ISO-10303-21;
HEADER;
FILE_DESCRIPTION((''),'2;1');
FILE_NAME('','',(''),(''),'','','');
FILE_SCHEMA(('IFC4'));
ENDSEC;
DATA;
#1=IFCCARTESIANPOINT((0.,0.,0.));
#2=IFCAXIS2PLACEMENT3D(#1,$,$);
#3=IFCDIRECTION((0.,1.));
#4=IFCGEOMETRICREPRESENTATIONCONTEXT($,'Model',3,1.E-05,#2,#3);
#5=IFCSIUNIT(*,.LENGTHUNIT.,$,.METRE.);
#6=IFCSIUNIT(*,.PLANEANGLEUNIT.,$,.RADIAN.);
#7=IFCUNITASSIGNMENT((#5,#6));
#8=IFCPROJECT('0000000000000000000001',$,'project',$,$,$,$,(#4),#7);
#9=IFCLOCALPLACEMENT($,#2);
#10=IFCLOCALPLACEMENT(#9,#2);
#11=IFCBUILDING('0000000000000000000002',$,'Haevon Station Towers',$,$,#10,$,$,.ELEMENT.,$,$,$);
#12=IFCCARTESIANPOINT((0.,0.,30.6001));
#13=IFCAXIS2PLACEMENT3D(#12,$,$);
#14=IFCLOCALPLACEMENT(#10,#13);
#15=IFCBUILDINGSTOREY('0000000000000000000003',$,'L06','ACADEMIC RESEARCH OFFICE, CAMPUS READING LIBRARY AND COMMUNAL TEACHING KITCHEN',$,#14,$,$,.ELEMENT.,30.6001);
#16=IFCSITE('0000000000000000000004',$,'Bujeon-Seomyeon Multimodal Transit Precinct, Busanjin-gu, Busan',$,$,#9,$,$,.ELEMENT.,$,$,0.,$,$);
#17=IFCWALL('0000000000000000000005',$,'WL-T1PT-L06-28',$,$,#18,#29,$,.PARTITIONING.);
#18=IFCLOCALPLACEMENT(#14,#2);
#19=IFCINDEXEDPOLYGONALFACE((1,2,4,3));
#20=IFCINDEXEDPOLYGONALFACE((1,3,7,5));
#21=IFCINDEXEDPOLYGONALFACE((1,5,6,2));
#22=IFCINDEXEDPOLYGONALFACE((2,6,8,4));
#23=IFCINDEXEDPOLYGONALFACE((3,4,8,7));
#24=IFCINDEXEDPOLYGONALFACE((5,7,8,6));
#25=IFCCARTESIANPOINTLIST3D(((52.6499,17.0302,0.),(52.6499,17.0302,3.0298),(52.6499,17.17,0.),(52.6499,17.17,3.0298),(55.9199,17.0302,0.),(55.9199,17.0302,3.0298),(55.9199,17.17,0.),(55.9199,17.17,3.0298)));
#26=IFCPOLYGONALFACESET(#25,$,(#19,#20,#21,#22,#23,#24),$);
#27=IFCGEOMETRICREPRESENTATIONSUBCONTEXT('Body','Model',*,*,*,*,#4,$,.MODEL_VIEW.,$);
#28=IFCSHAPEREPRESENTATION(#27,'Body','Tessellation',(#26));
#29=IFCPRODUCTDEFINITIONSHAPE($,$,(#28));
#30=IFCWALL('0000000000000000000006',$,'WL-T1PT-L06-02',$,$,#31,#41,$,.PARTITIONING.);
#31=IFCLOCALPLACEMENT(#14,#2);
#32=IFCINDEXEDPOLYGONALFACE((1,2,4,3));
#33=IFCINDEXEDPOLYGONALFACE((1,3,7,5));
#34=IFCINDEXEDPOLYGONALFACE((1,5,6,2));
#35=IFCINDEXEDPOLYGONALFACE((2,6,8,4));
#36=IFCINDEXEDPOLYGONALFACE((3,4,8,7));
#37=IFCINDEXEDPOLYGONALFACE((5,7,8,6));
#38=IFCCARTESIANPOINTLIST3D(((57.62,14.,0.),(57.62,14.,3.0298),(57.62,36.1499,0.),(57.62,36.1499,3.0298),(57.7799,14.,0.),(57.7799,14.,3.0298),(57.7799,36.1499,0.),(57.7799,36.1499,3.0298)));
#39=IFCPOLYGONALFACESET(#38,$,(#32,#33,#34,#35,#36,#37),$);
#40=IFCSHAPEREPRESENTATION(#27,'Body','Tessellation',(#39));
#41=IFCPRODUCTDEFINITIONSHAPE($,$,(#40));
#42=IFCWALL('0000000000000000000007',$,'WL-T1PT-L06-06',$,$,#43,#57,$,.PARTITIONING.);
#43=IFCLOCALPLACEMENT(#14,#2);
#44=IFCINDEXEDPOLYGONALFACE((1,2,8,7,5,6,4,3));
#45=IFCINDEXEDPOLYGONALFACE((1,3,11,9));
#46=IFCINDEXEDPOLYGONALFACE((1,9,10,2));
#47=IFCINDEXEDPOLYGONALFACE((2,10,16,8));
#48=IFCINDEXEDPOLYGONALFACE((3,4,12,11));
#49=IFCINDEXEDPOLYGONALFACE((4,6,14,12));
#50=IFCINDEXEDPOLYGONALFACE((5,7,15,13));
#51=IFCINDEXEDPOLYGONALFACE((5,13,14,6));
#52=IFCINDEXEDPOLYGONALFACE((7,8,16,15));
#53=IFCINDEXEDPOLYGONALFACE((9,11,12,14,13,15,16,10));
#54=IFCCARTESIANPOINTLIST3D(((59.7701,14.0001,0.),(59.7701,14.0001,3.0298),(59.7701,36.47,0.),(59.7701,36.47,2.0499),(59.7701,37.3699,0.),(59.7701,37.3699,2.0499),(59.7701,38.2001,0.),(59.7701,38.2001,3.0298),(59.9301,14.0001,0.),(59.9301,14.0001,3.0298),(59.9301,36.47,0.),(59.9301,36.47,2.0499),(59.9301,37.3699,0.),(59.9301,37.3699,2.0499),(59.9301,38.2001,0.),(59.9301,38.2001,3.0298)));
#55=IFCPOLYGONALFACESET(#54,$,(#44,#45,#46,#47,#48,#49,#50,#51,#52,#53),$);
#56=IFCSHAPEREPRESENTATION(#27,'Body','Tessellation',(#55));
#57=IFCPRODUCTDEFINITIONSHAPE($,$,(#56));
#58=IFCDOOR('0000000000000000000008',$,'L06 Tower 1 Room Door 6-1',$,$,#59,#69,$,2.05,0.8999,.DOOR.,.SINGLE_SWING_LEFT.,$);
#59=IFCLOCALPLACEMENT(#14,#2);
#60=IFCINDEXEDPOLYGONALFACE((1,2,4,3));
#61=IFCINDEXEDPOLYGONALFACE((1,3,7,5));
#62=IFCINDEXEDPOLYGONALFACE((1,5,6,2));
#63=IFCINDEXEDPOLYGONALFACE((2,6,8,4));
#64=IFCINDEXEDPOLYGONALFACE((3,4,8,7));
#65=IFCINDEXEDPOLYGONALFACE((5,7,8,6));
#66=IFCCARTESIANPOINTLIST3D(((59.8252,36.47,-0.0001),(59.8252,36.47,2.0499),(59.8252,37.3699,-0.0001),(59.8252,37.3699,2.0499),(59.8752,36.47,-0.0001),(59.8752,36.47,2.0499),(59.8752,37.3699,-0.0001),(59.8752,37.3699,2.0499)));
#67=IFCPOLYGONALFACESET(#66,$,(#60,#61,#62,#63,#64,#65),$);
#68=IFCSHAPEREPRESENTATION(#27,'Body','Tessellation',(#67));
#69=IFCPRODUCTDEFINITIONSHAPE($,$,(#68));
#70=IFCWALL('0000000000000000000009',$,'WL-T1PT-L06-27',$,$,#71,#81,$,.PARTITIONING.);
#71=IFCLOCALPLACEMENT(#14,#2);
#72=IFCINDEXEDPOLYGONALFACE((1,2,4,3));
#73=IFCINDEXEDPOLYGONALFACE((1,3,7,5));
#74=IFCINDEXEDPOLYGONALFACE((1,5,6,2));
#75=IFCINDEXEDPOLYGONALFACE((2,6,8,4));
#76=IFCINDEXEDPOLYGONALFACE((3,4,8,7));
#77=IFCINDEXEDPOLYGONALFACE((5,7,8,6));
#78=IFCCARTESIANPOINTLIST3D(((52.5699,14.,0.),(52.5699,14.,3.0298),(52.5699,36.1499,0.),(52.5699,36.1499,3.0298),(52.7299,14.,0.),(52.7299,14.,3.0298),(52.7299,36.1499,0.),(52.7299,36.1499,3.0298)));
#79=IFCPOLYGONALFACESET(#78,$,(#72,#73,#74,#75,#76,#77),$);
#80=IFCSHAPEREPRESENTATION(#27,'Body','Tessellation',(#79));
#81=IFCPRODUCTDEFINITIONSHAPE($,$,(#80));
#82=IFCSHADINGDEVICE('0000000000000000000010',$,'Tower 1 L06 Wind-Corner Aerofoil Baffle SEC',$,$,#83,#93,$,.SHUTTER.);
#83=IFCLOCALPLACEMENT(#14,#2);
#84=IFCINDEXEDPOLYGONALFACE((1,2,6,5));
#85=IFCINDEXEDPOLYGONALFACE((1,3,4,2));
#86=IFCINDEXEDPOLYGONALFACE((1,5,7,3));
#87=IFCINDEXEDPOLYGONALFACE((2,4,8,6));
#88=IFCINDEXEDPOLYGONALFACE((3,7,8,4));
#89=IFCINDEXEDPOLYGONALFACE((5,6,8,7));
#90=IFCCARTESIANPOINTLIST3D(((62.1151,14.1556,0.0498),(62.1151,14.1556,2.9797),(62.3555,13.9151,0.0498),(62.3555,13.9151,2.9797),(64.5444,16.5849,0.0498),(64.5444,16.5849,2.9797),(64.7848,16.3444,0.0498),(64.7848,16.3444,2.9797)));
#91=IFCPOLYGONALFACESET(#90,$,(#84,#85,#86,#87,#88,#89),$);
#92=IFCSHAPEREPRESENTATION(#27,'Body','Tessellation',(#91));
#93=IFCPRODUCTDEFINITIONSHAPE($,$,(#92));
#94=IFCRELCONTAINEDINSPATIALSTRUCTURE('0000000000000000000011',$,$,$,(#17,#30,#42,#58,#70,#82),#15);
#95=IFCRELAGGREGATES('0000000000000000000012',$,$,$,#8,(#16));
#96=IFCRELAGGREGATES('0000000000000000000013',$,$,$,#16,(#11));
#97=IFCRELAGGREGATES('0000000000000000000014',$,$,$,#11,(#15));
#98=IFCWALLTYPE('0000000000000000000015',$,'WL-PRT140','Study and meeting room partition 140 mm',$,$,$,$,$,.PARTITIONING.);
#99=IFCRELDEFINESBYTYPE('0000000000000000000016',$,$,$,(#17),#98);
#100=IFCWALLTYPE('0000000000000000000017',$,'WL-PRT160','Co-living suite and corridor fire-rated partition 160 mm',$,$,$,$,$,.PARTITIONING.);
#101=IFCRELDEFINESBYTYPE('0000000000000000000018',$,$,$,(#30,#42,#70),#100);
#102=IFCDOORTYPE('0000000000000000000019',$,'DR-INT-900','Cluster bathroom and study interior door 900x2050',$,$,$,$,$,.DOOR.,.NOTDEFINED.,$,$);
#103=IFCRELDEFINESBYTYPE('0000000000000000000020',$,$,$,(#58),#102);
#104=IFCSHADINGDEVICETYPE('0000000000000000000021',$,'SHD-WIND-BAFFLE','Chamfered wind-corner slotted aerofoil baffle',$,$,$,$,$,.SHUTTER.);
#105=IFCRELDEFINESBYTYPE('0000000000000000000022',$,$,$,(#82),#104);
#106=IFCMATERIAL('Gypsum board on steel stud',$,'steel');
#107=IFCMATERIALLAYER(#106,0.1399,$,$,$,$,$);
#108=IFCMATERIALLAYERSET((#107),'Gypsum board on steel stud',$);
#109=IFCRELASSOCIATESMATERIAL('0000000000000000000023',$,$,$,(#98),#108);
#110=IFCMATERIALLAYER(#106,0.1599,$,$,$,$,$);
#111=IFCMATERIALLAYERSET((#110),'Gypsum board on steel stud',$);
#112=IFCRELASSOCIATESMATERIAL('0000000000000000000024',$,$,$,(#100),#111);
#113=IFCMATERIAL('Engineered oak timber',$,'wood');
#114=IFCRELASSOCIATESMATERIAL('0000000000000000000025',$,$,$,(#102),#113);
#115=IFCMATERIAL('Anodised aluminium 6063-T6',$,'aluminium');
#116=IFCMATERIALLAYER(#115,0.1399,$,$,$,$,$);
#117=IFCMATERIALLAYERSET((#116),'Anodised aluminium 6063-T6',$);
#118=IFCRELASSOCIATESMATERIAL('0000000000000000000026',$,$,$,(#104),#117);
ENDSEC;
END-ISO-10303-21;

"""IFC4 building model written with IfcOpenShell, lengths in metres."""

from ifc_helpers import new_model, si_unit, direction, frame, frame_2d, origin, origin_2d, place, context, subcontext, project, spatial, rectangle, extrude, material, layer, layer_set, type_object, element, fill, save


model = new_model("IFC4")

# Units and contexts
model_context = context("Model", 3, precision=1e-05, world=origin(), true_north=direction((0.0, 1.0)))
body_context = subcontext(model_context, "Body", "Model", "MODEL_VIEW")
ifc_project = project(units=[si_unit("LENGTHUNIT", "METRE"), si_unit("PLANEANGLEUNIT", "RADIAN")], contexts=[model_context])

# Site, building, storey
site_placement = place(None, origin())
site = spatial("IfcSite", under=ifc_project, at=site_placement, Name="Bujeon-Seomyeon Multimodal Transit Precinct, Busanjin-gu, Busan", CompositionType="ELEMENT", RefElevation=0.0)
building_placement = place(site_placement, origin())
building = spatial("IfcBuilding", under=site, at=building_placement, Name="Haevon Station Towers", CompositionType="ELEMENT")
storey_placement = place(building_placement, frame((0.0, 0.0, 30.6001)))
storey = spatial("IfcBuildingStorey", under=building, at=storey_placement, Name="L06", Description="ACADEMIC RESEARCH OFFICE, CAMPUS READING LIBRARY AND COMMUNAL TEACHING KITCHEN", CompositionType="ELEMENT", Elevation=30.6001)

# Walls
ifc_material_1 = material(Name="Gypsum board on steel stud", Category="steel")
ifc_layer_1 = layer(ifc_material_1, 0.1399)
ifc_layer_set_1 = layer_set([ifc_layer_1], Name="Gypsum board on steel stud")
wall_type_1 = type_object("IfcWallType", Name="WL-PRT140", Description="Study and meeting room partition 140 mm", PredefinedType="PARTITIONING", material=ifc_layer_set_1)
wall_1_placement = place(storey_placement, frame((52.6499, 17.1001, 0.0), z_axis=(0.0, 0.0, 1.0), x_axis=(1.0, 0.0, 0.0)))
element("IfcWall", 1, at=wall_1_placement, inside=storey, type_object=wall_type_1, Name="WL-T1PT-L06-28", PredefinedType="PARTITIONING", context=body_context, shape_type="SweptSolid", body=[
    extrude(rectangle(XDim=3.27, YDim=0.1399, at=frame_2d((1.635, 0.0))), origin(), (0.0, 0.0, 1.0), 3.0298),
])
ifc_layer_2 = layer(ifc_material_1, 0.1599)
ifc_layer_set_2 = layer_set([ifc_layer_2], Name="Gypsum board on steel stud")
wall_type_2 = type_object("IfcWallType", Name="WL-PRT160", Description="Co-living suite and corridor fire-rated partition 160 mm", PredefinedType="PARTITIONING", material=ifc_layer_set_2)
wall_2_placement = place(storey_placement, frame((57.7, 14.0, 0.0), z_axis=(0.0, 0.0, 1.0), x_axis=(0.0, 1.0, 0.0)))
element("IfcWall", 2, at=wall_2_placement, inside=storey, type_object=wall_type_2, Name="WL-T1PT-L06-02", PredefinedType="PARTITIONING", context=body_context, shape_type="SweptSolid", body=[
    extrude(rectangle(XDim=22.1499, YDim=0.1599, at=frame_2d((11.075, 0.0))), origin(), (0.0, 0.0, 1.0), 3.0298),
])

# Wall, opening, door
wall_3_placement = place(storey_placement, frame((59.8501, 14.0, 0.0), z_axis=(0.0, 0.0, 1.0), x_axis=(0.0, 1.0, 0.0)))
wall_3 = element("IfcWall", 3, at=wall_3_placement, inside=storey, type_object=wall_type_2, Name="WL-T1PT-L06-06", PredefinedType="PARTITIONING", context=body_context, shape_type="SweptSolid", body=[
    extrude(rectangle(XDim=24.2, YDim=0.1599, at=frame_2d((12.1001, 0.0))), origin(), (0.0, 0.0, 1.0), 3.0298),
])
opening_1_placement = place(wall_3_placement, frame((22.47, 0.0, 0.0)))
opening_1 = element("IfcOpeningElement", 4, at=opening_1_placement, cuts=wall_3, PredefinedType="OPENING", context=body_context, shape_type="SweptSolid", body=[
    extrude(rectangle(XDim=0.8999, YDim=2.05, at=frame_2d((0.45, 1.0249))), frame((0.0, 0.0898, 0.0), z_axis=(0.0, -1.0, 0.0), x_axis=(1.0, 0.0, 0.0)), (0.0, 0.0, 1.0), 0.1799),
])
ifc_material_2 = material(Name="Engineered oak timber", Category="wood")
door_type_1 = type_object("IfcDoorType", Name="DR-INT-900", Description="Cluster bathroom and study interior door 900x2050", OperationType="NOTDEFINED", PredefinedType="DOOR", material=ifc_material_2)
door_1_placement = place(opening_1_placement, origin())
door_1 = element("IfcDoor", 5, at=door_1_placement, inside=storey, type_object=door_type_1, Name="L06 Tower 1 Room Door 6-1", OperationType="SINGLE_SWING_LEFT", OverallHeight=2.05, OverallWidth=0.8999, PredefinedType="DOOR", context=body_context, shape_type="SweptSolid", body=[
    extrude(rectangle(XDim=0.8999, YDim=2.05, at=frame_2d((0.45, 1.0249))), frame((0.0, 0.0249, 0.0), z_axis=(0.0, -1.0, 0.0), x_axis=(1.0, 0.0, 0.0)), (0.0, 0.0, 1.0), 0.05),
])
fill(opening_1, door_1)

# Wall
wall_4_placement = place(storey_placement, frame((52.6499, 14.0, 0.0), z_axis=(0.0, 0.0, 1.0), x_axis=(0.0, 1.0, 0.0)))
element("IfcWall", 6, at=wall_4_placement, inside=storey, type_object=wall_type_2, Name="WL-T1PT-L06-27", PredefinedType="PARTITIONING", context=body_context, shape_type="SweptSolid", body=[
    extrude(rectangle(XDim=22.1499, YDim=0.1599, at=frame_2d((11.075, 0.0))), origin(), (0.0, 0.0, 1.0), 3.0298),
])

# Shading device
ifc_material_3 = material(Name="Anodised aluminium 6063-T6", Category="aluminium")
ifc_layer_3 = layer(ifc_material_3, 0.1399)
ifc_layer_set_3 = layer_set([ifc_layer_3], Name="Anodised aluminium 6063-T6")
shading_device_type = type_object("IfcShadingDeviceType", Name="SHD-WIND-BAFFLE", Description="Chamfered wind-corner slotted aerofoil baffle", PredefinedType="SHUTTER", material=ifc_layer_set_3)
shading_device_placement = place(storey_placement, frame((63.45, 15.25, 0.0498), z_axis=(0.0, 0.0, 1.0), x_axis=(-0.707107, -0.707107, 0.0)))
element("IfcShadingDevice", 7, at=shading_device_placement, inside=storey, type_object=shading_device_type, Name="Tower 1 L06 Wind-Corner Aerofoil Baffle SEC", PredefinedType="SHUTTER", context=body_context, shape_type="SweptSolid", body=[
    extrude(rectangle(XDim=3.4355, YDim=0.3401, at=origin_2d()), origin(), (0.0, 0.0, 1.0), 2.9299),
])

save(model, "model.ifc")
